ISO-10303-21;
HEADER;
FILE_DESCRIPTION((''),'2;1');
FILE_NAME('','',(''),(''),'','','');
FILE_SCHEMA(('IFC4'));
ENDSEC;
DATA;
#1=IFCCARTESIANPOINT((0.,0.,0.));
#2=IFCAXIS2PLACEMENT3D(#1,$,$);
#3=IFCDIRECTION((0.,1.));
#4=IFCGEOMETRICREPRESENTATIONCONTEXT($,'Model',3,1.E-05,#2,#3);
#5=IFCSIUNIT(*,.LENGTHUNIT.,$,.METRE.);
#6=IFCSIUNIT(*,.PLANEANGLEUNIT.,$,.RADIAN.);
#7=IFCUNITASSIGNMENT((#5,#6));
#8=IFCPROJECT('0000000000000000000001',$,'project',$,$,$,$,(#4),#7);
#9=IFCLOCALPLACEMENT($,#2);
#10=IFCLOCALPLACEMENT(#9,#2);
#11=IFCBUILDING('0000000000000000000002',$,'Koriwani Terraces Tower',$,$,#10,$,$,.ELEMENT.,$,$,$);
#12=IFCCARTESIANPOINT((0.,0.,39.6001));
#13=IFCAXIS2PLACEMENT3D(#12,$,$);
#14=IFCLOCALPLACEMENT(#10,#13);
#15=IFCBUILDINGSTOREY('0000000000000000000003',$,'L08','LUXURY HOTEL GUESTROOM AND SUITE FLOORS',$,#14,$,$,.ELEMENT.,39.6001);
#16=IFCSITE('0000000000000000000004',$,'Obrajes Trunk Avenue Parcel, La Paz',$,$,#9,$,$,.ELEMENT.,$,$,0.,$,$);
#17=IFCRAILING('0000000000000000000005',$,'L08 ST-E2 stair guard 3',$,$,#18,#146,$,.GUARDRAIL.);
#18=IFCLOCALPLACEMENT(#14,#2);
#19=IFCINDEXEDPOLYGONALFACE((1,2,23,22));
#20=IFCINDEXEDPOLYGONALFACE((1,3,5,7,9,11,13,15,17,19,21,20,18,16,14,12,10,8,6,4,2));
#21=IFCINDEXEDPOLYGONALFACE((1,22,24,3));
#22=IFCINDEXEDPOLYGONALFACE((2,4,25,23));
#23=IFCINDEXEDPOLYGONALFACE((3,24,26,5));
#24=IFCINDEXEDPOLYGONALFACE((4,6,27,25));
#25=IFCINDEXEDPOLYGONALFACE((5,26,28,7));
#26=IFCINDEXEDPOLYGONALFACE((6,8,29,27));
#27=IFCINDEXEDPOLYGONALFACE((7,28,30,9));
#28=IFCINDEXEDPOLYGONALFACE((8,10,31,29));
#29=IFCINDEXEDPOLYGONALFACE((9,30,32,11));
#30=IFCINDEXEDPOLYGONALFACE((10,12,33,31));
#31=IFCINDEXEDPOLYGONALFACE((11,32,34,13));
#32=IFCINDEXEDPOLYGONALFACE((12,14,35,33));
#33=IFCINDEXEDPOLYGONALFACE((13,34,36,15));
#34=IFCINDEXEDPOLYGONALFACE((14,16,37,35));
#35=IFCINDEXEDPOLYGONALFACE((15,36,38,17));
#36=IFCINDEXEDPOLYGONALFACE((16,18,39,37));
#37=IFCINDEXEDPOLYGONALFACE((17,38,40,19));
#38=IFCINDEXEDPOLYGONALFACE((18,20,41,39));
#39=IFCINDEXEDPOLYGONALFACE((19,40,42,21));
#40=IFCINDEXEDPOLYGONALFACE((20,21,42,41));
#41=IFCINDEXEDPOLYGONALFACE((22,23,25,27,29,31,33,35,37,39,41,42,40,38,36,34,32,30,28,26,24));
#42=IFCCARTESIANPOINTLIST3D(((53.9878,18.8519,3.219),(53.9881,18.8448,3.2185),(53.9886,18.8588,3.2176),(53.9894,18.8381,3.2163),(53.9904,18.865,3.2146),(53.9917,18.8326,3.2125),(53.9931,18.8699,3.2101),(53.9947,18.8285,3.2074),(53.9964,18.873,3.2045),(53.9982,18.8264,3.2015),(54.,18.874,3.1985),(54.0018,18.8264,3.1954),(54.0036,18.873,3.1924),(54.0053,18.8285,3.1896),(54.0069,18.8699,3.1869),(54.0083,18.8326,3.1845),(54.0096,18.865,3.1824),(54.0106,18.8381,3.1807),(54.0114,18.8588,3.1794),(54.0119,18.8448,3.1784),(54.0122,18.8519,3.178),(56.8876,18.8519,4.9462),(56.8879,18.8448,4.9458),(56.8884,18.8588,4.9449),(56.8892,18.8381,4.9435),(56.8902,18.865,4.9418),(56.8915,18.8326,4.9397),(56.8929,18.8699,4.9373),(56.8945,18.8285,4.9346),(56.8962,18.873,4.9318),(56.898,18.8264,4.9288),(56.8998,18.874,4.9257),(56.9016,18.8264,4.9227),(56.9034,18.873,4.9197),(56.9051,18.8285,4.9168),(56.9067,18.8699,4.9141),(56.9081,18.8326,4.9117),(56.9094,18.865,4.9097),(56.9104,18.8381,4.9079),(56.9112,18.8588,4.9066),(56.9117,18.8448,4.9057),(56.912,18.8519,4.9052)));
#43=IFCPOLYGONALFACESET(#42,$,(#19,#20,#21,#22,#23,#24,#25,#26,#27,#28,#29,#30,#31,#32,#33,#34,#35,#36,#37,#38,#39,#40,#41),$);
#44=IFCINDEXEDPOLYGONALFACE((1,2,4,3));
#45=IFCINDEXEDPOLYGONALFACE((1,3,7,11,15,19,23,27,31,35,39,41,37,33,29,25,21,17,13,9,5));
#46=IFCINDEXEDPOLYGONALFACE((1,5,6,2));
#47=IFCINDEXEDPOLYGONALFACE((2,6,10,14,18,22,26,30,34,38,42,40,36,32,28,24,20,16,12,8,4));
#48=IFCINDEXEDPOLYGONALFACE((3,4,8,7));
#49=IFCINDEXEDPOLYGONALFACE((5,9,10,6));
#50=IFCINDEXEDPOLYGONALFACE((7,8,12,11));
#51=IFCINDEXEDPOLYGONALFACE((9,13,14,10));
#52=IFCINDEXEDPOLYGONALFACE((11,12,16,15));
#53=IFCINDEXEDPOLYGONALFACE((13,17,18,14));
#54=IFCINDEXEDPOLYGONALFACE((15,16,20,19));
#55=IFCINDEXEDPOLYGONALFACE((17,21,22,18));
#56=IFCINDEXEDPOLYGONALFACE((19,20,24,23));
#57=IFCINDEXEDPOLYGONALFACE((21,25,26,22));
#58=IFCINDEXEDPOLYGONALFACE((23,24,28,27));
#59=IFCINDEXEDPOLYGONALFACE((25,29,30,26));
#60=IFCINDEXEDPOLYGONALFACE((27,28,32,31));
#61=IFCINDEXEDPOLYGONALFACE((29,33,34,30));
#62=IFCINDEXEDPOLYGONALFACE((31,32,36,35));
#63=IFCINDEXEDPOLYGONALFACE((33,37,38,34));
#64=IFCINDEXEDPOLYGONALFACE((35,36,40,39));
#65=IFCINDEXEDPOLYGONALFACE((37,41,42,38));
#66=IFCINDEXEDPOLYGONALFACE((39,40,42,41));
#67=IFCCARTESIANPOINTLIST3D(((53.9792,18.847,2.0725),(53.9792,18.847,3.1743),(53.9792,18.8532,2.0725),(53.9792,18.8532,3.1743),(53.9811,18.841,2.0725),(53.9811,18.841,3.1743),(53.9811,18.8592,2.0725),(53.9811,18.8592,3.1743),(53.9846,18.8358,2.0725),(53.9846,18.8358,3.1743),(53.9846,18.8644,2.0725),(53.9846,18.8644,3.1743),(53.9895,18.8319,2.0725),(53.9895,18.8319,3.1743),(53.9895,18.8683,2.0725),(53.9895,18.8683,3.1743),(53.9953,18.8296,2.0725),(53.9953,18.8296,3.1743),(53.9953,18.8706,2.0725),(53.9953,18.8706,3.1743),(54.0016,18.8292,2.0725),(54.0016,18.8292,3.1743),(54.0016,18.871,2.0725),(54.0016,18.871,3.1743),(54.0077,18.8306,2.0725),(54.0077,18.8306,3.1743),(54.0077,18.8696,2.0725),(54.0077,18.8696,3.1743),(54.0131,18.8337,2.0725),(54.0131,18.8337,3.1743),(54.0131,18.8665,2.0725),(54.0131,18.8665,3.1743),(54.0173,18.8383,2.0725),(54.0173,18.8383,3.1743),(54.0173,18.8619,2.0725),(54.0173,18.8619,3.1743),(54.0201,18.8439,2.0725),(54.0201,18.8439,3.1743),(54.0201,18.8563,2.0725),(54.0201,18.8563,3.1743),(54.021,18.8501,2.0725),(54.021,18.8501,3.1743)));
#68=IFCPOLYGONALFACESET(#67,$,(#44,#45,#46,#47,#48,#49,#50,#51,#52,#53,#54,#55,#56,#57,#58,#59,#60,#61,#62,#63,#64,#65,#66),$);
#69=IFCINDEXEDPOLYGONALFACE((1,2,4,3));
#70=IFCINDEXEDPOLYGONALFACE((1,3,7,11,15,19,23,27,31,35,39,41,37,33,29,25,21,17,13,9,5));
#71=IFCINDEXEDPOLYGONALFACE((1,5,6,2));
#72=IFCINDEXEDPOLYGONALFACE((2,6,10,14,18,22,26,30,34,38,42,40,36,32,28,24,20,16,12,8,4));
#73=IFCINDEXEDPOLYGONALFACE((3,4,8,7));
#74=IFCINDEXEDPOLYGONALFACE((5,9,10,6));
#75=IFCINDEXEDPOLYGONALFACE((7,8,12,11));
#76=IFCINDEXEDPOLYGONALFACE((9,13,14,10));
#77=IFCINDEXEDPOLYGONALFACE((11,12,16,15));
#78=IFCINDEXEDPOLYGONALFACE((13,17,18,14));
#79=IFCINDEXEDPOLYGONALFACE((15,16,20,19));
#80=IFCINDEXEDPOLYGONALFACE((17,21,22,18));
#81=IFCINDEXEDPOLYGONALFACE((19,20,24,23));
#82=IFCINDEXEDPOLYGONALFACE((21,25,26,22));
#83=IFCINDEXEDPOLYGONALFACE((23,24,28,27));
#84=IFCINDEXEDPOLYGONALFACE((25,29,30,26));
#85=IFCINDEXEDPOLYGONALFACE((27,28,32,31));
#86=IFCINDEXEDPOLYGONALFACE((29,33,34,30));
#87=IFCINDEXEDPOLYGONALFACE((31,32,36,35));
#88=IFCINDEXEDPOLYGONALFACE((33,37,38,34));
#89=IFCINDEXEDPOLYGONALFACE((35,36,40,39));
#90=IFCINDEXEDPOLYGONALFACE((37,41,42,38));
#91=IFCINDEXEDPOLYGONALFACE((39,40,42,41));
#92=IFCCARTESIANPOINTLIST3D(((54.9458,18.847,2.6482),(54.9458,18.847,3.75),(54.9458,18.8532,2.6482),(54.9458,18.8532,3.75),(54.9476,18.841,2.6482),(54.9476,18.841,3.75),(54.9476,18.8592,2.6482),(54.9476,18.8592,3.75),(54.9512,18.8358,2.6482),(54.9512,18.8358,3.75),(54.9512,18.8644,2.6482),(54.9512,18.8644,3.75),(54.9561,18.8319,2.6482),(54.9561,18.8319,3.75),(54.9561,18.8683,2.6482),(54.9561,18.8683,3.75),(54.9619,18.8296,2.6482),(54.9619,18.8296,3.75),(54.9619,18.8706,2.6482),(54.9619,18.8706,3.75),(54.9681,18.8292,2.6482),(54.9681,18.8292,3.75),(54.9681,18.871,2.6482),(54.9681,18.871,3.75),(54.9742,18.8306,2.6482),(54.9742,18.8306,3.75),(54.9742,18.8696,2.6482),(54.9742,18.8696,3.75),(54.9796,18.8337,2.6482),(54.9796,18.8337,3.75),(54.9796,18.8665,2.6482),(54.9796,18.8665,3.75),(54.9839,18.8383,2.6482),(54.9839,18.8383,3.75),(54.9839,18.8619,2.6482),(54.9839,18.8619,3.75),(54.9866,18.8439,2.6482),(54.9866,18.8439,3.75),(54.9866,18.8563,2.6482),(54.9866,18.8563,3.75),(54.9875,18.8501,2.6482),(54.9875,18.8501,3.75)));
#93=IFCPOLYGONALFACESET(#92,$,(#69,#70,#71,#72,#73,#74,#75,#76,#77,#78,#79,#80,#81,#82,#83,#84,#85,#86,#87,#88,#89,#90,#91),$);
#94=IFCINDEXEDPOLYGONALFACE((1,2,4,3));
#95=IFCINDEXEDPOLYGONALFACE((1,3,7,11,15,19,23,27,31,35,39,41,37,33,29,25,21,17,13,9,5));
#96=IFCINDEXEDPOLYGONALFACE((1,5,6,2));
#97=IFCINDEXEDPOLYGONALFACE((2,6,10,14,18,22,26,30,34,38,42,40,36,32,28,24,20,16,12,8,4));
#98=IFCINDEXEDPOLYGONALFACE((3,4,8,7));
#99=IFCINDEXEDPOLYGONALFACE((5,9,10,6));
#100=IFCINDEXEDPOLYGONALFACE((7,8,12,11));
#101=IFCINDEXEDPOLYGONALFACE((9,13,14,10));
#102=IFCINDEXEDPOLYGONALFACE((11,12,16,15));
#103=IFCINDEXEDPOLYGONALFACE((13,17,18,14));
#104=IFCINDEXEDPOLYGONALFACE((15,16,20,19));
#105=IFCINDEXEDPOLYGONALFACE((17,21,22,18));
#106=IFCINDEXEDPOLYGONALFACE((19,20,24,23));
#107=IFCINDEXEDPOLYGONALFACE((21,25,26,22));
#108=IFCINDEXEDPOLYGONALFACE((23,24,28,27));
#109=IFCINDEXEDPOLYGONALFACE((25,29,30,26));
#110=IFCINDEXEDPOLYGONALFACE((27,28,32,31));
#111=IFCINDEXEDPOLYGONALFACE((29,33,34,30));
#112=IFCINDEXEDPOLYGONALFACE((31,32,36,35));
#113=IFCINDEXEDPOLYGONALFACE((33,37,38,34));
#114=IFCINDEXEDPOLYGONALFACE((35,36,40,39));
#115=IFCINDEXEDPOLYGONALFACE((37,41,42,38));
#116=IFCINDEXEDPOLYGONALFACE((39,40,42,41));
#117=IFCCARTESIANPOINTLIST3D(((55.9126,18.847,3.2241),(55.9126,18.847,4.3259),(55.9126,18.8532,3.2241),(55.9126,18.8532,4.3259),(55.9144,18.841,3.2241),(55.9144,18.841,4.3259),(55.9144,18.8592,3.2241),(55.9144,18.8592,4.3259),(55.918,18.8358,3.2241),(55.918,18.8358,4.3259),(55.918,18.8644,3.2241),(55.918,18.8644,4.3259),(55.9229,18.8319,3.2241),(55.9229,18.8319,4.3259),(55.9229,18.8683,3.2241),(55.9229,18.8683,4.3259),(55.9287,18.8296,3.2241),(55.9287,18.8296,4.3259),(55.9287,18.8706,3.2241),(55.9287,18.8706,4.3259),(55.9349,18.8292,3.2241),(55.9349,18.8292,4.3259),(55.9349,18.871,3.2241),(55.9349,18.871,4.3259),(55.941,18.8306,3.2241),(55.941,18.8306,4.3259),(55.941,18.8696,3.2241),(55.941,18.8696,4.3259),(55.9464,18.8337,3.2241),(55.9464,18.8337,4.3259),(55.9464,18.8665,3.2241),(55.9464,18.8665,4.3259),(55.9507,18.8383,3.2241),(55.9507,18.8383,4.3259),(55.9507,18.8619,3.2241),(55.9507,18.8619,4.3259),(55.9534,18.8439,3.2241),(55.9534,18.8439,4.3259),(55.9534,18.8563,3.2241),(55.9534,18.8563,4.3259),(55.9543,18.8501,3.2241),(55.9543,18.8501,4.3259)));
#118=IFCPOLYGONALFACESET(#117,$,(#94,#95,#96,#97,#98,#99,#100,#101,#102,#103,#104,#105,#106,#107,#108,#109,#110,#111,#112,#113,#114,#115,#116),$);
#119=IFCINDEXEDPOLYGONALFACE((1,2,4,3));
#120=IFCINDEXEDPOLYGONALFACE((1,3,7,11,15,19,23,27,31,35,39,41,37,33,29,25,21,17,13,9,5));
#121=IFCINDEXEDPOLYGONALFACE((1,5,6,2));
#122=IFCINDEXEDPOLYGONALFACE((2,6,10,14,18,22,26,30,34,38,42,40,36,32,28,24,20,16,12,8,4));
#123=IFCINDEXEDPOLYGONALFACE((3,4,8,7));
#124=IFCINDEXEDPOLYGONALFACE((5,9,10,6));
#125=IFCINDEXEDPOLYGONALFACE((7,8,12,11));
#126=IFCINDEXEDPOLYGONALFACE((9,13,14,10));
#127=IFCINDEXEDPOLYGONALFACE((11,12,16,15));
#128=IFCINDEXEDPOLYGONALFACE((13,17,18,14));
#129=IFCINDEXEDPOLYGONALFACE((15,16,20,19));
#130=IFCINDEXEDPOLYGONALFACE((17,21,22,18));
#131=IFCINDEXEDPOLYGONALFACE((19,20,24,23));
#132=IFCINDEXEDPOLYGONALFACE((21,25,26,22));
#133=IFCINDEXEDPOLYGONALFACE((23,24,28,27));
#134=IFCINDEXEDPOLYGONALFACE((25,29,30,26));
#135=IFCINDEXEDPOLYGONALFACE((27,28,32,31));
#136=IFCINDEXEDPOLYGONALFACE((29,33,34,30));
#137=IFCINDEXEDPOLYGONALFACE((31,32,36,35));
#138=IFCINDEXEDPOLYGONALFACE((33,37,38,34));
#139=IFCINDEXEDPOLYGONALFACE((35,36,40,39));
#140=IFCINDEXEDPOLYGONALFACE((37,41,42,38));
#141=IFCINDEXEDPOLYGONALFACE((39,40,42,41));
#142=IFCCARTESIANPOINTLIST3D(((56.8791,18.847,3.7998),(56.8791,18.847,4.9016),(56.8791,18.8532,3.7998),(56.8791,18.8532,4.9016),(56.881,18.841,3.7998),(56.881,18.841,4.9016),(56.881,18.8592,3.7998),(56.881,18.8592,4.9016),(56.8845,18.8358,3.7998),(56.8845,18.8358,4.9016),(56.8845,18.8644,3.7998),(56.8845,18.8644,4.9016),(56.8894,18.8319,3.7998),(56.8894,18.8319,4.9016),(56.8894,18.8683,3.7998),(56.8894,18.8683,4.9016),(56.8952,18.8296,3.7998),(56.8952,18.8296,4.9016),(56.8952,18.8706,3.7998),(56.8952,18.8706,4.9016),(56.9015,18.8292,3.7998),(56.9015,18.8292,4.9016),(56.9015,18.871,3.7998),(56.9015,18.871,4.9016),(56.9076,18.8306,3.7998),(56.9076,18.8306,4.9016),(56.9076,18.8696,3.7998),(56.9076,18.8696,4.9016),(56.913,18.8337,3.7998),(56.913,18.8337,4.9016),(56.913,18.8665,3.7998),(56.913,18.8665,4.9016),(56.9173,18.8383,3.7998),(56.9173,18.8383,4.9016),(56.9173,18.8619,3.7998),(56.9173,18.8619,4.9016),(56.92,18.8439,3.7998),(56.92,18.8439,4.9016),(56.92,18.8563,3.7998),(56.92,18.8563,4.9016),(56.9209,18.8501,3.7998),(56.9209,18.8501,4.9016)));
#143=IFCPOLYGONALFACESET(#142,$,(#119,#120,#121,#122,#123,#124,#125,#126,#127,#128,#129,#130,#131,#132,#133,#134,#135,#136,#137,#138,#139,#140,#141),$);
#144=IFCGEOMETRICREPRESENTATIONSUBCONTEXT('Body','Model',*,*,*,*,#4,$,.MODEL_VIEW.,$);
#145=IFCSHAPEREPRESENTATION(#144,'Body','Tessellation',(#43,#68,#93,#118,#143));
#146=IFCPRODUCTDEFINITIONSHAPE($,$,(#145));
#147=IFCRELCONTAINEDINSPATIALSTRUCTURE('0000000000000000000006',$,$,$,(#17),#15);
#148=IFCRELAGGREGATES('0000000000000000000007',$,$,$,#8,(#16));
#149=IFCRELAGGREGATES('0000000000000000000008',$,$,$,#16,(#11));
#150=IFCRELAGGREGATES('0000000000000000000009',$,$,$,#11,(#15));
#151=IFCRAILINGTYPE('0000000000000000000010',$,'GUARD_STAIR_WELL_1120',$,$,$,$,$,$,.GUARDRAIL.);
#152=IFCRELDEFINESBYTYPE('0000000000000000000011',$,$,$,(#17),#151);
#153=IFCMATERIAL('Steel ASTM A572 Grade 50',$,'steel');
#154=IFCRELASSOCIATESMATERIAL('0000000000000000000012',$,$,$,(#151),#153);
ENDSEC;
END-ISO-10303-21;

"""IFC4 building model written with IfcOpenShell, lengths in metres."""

from ifc_helpers import new_model, si_unit, direction, frame, origin, origin_2d, place, context, subcontext, project, spatial, circle, extrude, material, type_object, element, save


model = new_model("IFC4")

# Units and contexts
model_context = context("Model", 3, precision=1e-05, world=origin(), true_north=direction((0.0, 1.0)))
body_context = subcontext(model_context, "Body", "Model", "MODEL_VIEW")
ifc_project = project(units=[si_unit("LENGTHUNIT", "METRE"), si_unit("PLANEANGLEUNIT", "RADIAN")], contexts=[model_context])

# Site, building, storey
site_placement = place(None, origin())
site = spatial("IfcSite", under=ifc_project, at=site_placement, Name="Obrajes Trunk Avenue Parcel, La Paz", CompositionType="ELEMENT", RefElevation=0.0)
building_placement = place(site_placement, origin())
building = spatial("IfcBuilding", under=site, at=building_placement, Name="Koriwani Terraces Tower", CompositionType="ELEMENT")
storey_placement = place(building_placement, frame((0.0, 0.0, 39.6001)))
storey = spatial("IfcBuildingStorey", under=building, at=storey_placement, Name="L08", Description="LUXURY HOTEL GUESTROOM AND SUITE FLOORS", CompositionType="ELEMENT", Elevation=39.6001)

# Shared definitions
ifc_material_1 = material(Name="Steel ASTM A572 Grade 50", Category="steel")

# Railing
railing_type_1 = type_object("IfcRailingType", Name="GUARD_STAIR_WELL_1120", PredefinedType="GUARDRAIL", material=ifc_material_1)
railing_1_placement = place(storey_placement, frame((54.0, 18.8501, 2.0725)))
element("IfcRailing", 1, at=railing_1_placement, inside=storey, type_object=railing_type_1, Name="L08 ST-E2 stair guard 3", PredefinedType="GUARDRAIL", context=body_context, shape_type="SweptSolid", body=[
    extrude(circle(Radius=0.0239, at=origin_2d()), frame((0.0, 0.0, 1.126), z_axis=(0.859141, 0.0, 0.511738), x_axis=(0.0, 1.0, 0.0)), (0.0, 0.0, 1.0), 3.3752),
    extrude(circle(Radius=0.021, at=origin_2d()), origin(), (0.0, 0.0, 1.0), 1.1018),
    extrude(circle(Radius=0.021, at=origin_2d()), frame((0.9666, 0.0, 0.5757)), (0.0, 0.0, 1.0), 1.1018),
    extrude(circle(Radius=0.021, at=origin_2d()), frame((1.9333, 0.0, 1.1516)), (0.0, 0.0, 1.0), 1.1018),
    extrude(circle(Radius=0.021, at=origin_2d()), frame((2.8999, 0.0, 1.7273)), (0.0, 0.0, 1.0), 1.1018),
])

save(model, "model.ifc")
